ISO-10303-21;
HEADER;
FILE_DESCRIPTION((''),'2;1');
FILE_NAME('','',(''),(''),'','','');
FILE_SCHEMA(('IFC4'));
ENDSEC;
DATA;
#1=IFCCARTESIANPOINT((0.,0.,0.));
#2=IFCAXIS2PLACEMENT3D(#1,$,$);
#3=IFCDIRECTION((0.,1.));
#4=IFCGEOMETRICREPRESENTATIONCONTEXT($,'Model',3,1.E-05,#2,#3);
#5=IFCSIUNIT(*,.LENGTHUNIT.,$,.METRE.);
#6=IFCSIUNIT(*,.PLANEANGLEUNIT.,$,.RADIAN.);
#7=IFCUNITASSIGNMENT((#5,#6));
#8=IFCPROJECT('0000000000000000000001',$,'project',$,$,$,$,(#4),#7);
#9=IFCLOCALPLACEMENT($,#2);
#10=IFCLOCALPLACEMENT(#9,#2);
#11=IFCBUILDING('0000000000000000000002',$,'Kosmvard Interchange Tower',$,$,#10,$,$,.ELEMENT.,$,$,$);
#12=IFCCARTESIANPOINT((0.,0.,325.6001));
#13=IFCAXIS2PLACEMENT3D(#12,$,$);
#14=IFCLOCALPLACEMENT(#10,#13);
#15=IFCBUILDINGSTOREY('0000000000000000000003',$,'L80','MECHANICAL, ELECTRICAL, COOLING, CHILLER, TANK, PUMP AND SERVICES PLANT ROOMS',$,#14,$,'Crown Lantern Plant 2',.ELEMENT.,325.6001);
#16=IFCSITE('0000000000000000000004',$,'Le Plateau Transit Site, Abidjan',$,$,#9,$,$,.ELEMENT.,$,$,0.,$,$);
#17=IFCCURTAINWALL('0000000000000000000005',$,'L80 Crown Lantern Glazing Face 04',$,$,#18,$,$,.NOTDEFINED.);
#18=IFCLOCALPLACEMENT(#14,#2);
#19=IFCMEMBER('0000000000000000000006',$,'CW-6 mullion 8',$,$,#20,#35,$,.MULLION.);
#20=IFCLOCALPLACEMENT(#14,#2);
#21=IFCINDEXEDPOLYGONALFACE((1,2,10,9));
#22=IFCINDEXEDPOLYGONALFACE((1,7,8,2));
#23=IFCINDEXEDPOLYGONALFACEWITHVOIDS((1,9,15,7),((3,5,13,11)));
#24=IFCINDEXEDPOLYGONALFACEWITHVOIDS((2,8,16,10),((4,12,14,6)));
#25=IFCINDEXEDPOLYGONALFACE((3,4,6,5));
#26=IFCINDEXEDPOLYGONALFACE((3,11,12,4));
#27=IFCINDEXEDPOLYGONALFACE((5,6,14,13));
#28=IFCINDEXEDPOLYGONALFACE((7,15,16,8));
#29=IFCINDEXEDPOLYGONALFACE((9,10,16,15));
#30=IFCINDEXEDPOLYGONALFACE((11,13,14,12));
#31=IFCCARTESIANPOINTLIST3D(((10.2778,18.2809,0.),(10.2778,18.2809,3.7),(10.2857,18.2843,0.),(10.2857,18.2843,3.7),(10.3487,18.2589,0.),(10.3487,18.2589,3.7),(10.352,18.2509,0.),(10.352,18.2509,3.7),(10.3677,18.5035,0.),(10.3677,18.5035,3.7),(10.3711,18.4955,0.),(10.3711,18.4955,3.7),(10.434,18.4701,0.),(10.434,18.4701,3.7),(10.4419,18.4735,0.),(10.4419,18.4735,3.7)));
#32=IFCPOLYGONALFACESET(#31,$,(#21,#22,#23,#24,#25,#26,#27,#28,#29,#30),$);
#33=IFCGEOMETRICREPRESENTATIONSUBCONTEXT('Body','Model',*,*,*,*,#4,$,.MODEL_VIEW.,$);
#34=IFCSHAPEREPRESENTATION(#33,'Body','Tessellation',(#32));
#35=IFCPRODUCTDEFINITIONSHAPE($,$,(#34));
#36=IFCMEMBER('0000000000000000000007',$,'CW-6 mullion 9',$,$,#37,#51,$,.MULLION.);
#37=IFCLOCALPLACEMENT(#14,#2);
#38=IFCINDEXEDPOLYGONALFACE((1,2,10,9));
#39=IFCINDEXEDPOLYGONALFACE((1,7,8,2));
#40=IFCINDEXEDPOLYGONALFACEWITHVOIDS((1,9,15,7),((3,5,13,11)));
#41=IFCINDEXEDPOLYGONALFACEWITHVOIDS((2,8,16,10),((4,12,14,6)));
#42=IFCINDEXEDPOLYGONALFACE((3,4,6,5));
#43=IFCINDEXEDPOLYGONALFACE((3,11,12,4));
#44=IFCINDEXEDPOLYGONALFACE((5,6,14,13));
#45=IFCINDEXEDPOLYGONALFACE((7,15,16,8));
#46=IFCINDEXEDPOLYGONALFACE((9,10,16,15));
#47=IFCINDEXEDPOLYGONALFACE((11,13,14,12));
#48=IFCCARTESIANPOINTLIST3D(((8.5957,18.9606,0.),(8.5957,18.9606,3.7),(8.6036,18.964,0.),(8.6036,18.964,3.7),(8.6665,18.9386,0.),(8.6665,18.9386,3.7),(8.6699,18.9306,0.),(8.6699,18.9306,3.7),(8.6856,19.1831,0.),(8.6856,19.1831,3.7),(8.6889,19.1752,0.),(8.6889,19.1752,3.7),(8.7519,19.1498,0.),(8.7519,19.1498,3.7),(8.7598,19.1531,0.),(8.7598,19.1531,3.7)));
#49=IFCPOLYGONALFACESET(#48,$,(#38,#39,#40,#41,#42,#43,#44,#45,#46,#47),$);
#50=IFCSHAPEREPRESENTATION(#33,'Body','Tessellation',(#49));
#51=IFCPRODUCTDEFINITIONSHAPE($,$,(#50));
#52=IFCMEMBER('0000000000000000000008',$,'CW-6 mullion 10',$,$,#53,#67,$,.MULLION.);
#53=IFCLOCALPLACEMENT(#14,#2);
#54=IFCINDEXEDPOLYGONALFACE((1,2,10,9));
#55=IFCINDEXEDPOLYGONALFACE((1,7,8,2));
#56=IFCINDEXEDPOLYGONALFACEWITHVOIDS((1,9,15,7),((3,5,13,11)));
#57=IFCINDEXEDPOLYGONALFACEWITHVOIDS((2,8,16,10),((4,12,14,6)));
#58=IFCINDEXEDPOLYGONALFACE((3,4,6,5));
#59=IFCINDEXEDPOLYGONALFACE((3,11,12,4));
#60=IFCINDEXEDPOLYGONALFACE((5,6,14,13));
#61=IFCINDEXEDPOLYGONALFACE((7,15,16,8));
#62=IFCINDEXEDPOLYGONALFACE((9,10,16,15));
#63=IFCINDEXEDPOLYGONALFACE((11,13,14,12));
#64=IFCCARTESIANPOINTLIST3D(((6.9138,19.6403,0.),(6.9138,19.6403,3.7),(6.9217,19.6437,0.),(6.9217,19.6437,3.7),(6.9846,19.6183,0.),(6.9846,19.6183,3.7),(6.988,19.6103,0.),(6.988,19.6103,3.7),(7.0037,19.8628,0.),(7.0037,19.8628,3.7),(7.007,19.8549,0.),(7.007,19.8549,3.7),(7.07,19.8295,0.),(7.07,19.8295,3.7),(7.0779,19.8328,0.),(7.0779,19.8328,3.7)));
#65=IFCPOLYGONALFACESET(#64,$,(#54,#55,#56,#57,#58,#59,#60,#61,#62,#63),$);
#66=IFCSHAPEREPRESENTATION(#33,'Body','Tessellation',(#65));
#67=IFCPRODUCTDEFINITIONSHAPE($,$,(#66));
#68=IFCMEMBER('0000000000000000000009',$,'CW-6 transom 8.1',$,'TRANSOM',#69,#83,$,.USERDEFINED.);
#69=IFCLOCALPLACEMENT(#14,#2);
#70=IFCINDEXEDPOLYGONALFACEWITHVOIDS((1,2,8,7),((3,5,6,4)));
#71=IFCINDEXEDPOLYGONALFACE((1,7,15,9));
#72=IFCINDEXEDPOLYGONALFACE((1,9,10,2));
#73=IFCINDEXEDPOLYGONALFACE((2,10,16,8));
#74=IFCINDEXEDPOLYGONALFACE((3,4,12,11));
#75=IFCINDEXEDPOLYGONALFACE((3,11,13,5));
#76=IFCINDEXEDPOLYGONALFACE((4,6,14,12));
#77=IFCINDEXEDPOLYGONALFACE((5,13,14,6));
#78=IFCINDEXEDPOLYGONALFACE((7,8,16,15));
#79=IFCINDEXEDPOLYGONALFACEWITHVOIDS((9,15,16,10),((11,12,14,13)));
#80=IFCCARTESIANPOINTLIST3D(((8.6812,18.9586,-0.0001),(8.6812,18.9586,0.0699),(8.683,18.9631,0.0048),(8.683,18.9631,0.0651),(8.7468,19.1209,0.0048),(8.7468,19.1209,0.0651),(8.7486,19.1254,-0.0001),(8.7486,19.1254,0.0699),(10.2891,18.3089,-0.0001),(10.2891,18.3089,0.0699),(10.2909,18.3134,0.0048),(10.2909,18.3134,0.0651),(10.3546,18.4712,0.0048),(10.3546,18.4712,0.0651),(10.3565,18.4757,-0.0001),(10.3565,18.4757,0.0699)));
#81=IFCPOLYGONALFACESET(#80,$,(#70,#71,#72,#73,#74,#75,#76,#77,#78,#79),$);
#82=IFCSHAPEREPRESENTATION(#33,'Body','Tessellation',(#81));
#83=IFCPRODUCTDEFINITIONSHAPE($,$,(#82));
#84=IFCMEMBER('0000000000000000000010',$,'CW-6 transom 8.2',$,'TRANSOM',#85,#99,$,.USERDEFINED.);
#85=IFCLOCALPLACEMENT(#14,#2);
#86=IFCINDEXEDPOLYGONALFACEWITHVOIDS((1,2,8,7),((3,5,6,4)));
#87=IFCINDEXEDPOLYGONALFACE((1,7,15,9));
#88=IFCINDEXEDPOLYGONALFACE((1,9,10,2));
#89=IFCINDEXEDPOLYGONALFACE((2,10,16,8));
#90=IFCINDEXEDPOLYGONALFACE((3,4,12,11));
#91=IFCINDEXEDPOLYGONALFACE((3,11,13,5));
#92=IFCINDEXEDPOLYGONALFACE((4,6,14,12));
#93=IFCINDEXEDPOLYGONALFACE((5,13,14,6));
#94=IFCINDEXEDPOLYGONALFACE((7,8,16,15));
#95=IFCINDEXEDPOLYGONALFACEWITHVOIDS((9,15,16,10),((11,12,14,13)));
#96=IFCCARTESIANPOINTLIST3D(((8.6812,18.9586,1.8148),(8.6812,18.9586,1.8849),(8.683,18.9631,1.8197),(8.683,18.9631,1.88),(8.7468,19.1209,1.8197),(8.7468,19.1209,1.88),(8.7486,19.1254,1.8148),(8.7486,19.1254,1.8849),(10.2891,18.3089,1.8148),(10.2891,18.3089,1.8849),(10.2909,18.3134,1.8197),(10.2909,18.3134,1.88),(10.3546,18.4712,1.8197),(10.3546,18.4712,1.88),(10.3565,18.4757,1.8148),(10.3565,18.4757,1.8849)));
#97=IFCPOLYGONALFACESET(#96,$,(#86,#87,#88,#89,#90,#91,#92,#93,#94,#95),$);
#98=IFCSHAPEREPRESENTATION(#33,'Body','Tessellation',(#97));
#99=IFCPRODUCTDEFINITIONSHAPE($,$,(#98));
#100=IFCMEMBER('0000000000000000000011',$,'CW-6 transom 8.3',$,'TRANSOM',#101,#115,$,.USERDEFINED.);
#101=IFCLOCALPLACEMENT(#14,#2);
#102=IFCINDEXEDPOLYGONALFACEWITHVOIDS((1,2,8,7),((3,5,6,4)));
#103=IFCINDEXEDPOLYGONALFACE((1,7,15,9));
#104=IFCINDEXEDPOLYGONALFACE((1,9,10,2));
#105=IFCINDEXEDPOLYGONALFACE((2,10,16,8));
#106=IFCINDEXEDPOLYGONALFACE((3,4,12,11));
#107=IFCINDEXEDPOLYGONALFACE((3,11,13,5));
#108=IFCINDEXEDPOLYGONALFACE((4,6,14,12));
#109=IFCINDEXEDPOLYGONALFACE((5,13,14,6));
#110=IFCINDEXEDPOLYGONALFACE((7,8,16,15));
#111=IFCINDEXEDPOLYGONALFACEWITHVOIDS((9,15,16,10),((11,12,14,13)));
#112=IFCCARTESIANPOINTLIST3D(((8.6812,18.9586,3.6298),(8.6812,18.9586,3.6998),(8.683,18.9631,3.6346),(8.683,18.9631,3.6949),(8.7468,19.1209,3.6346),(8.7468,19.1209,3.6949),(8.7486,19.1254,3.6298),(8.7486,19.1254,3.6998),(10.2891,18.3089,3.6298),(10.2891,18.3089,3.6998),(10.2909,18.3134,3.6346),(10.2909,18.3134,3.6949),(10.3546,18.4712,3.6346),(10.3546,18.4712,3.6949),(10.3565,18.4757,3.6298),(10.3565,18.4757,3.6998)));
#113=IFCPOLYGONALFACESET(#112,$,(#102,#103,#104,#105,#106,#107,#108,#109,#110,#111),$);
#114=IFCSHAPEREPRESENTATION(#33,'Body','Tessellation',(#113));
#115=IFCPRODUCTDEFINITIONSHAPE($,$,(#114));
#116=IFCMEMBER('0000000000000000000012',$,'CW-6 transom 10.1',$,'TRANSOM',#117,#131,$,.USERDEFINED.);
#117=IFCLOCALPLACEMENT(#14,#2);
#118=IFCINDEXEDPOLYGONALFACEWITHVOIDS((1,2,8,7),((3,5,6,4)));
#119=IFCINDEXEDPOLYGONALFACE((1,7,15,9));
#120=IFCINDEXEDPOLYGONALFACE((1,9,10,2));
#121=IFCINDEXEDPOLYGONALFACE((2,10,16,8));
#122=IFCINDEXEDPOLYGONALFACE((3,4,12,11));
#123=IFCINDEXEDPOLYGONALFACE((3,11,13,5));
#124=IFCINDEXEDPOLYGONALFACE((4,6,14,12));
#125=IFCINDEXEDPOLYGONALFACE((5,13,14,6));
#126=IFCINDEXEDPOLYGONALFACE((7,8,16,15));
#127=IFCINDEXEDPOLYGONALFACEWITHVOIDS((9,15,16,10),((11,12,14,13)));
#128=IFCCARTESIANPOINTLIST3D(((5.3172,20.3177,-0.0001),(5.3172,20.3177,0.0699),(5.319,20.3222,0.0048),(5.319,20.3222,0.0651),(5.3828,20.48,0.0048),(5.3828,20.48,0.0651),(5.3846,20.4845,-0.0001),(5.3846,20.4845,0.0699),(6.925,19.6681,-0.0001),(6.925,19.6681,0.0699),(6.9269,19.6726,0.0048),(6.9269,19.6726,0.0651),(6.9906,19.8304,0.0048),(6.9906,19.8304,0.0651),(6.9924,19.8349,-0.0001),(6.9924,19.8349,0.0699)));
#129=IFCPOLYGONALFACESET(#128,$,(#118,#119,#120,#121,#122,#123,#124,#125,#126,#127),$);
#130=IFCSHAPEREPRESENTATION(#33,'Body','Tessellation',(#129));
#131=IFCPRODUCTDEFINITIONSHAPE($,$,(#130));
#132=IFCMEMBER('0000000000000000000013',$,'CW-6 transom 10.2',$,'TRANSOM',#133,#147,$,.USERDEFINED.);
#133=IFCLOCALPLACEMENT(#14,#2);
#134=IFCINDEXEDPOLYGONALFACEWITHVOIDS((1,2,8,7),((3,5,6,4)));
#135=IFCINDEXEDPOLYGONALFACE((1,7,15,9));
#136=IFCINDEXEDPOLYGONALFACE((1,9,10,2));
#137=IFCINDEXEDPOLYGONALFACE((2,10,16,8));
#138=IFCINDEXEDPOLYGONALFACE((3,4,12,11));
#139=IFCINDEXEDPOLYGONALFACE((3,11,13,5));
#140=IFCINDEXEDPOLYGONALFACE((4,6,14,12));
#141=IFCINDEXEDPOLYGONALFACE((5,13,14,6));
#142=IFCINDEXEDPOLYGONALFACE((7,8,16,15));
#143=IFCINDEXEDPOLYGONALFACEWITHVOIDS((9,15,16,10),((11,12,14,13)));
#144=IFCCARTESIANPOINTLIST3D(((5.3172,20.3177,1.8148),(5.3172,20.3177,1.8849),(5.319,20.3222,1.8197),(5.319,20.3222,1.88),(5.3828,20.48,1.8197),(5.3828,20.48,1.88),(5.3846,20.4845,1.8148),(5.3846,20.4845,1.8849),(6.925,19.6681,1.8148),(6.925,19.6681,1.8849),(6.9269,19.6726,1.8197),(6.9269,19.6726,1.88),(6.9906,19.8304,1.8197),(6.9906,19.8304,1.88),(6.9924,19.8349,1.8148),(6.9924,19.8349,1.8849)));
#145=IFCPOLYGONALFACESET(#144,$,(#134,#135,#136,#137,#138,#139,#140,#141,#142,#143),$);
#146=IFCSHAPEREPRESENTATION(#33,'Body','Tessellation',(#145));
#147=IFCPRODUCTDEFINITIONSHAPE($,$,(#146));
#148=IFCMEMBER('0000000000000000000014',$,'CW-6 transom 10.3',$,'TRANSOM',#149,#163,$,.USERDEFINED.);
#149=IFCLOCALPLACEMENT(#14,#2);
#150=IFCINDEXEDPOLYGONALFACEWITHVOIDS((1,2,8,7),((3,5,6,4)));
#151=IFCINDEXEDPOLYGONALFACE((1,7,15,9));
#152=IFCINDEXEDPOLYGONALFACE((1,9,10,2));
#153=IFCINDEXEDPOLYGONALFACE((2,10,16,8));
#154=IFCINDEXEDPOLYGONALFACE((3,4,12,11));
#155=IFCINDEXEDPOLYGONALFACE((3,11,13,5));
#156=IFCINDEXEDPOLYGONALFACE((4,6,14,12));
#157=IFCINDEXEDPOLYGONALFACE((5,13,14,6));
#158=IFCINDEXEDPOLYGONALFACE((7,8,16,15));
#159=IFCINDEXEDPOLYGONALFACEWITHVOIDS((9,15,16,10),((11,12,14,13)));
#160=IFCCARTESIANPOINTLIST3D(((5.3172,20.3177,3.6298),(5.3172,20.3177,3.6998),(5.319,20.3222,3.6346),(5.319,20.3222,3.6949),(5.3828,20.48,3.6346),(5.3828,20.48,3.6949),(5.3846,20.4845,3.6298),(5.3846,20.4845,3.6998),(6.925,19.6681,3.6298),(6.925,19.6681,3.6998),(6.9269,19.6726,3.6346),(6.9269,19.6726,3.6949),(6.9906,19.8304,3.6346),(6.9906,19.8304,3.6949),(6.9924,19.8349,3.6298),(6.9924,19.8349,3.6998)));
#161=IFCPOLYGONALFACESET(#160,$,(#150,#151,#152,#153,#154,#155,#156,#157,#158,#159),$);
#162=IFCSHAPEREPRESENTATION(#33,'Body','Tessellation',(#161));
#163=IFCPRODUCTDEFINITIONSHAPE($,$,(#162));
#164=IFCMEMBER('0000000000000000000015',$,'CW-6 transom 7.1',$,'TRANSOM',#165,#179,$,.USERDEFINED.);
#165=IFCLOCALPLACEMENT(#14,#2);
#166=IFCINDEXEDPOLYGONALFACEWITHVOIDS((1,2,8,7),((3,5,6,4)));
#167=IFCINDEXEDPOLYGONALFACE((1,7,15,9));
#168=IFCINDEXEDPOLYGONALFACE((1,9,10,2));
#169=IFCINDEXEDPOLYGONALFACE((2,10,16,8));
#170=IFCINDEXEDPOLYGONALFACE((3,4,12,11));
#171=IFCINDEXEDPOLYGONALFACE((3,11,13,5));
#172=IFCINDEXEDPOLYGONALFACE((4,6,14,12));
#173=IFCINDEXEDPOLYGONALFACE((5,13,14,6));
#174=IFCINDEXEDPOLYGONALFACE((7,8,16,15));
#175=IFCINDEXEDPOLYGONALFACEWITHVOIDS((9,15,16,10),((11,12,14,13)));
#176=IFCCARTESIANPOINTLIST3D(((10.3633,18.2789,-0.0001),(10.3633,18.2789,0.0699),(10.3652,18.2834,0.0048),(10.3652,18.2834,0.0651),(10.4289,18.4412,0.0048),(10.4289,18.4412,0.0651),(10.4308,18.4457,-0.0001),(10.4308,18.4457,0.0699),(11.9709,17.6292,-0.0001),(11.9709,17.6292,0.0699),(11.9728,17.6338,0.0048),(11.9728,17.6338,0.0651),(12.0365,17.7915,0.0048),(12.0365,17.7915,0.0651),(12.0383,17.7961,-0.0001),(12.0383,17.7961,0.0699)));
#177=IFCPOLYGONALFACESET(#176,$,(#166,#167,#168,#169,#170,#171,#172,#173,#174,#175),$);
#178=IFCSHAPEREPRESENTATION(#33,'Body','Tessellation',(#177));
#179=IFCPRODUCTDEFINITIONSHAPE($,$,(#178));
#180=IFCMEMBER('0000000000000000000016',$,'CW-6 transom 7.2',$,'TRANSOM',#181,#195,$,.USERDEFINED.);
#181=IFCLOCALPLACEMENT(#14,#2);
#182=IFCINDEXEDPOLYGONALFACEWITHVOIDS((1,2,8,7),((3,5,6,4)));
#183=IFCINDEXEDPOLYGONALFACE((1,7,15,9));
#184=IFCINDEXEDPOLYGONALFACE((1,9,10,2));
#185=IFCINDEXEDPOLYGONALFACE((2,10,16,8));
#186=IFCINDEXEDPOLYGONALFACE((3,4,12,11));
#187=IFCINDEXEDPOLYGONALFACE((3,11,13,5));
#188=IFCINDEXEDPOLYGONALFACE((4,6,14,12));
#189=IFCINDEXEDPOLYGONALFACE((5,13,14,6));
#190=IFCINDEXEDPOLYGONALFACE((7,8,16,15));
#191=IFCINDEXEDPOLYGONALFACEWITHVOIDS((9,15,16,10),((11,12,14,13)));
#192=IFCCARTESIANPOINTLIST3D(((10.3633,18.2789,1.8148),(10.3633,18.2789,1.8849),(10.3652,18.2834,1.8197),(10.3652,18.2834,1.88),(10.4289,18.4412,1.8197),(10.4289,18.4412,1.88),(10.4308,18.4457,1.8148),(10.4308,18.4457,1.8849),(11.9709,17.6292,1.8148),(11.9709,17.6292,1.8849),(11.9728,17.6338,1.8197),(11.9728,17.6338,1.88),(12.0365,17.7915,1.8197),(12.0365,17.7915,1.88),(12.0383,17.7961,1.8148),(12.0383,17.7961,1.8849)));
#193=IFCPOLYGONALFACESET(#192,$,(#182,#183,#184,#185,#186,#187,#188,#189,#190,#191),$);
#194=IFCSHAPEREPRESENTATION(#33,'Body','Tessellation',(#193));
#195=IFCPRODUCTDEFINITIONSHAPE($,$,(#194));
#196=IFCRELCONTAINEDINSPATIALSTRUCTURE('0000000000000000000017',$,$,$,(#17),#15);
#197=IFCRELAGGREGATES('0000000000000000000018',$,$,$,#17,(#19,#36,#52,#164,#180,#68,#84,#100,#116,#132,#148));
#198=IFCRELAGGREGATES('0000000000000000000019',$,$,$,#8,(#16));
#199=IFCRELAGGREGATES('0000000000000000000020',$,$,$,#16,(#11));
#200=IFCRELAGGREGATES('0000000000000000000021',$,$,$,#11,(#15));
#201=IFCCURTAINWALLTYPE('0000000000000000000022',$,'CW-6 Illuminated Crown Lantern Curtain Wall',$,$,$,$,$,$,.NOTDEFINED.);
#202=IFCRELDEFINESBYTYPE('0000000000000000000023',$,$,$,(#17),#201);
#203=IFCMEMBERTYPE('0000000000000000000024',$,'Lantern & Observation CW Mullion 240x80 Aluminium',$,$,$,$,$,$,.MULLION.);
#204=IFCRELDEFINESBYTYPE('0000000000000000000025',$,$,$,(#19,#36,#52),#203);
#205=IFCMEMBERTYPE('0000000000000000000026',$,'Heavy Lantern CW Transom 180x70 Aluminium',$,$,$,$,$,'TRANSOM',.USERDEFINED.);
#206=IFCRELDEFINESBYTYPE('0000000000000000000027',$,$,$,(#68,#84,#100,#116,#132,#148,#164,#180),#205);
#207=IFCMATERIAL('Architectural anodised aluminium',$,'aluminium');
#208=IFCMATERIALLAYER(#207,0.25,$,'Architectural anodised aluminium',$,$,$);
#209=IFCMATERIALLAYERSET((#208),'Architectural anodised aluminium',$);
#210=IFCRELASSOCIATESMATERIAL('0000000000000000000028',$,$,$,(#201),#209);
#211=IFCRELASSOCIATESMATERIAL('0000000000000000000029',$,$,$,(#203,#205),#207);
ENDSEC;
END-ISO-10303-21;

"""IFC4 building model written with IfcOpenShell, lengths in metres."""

from ifc_helpers import new_model, si_unit, direction, frame, origin, origin_2d, place, context, subcontext, project, spatial, hollow_rectangle, extrude, source, transform, mapped, material, layer, layer_set, material_profile, profile_set, type_object, element, aggregate, save


model = new_model("IFC4")

# Units and contexts
model_context = context("Model", 3, precision=1e-05, world=origin(), true_north=direction((0.0, 1.0)))
body_context = subcontext(model_context, "Body", "Model", "MODEL_VIEW")
ifc_project = project(units=[si_unit("LENGTHUNIT", "METRE"), si_unit("PLANEANGLEUNIT", "RADIAN")], contexts=[model_context])

# Site, building, storey
site_placement = place(None, origin())
site = spatial("IfcSite", under=ifc_project, at=site_placement, Name="Le Plateau Transit Site, Abidjan", CompositionType="ELEMENT", RefElevation=0.0)
building_placement = place(site_placement, origin())
building = spatial("IfcBuilding", under=site, at=building_placement, Name="Kosmvard Interchange Tower", CompositionType="ELEMENT")
storey_placement = place(building_placement, frame((0.0, 0.0, 325.6001)))
storey = spatial("IfcBuildingStorey", under=building, at=storey_placement, Name="L80", Description="MECHANICAL, ELECTRICAL, COOLING, CHILLER, TANK, PUMP AND SERVICES PLANT ROOMS", LongName="Crown Lantern Plant 2", CompositionType="ELEMENT", Elevation=325.6001)

# Curtain wall, members
ifc_material_1 = material(Name="Architectural anodised aluminium", Category="aluminium")
ifc_layer_1 = layer(ifc_material_1, 0.25, Name="Architectural anodised aluminium")
ifc_layer_set_1 = layer_set([ifc_layer_1], Name="Architectural anodised aluminium")
curtain_wall_type = type_object("IfcCurtainWallType", Name="CW-6 Illuminated Crown Lantern Curtain Wall", PredefinedType="NOTDEFINED", material=ifc_layer_set_1)
curtain_wall_placement = place(storey_placement, origin())
curtain_wall = element("IfcCurtainWall", 1, at=curtain_wall_placement, inside=storey, type_object=curtain_wall_type, Name="L80 Crown Lantern Glazing Face 04", PredefinedType="NOTDEFINED")
ifc_material_profile_1 = material_profile(ifc_material_1, hollow_rectangle(XDim=0.24, YDim=0.0801, WallThickness=0.0061, at=origin_2d()), Name="CWM 240x80x6")
ifc_profile_set_1 = profile_set([ifc_material_profile_1], Name="Architectural anodised aluminium")
member_type_1 = type_object("IfcMemberType", Name="Lantern & Observation CW Mullion 240x80 Aluminium", PredefinedType="MULLION", material=ifc_profile_set_1)
shared_shape_1 = source(origin(), body_context, "Body", "SweptSolid", [
    extrude(hollow_rectangle(XDim=0.24, YDim=0.0801, WallThickness=0.0061, at=origin_2d()), origin(), (0.0, 0.0, 1.0), 3.7),
])
member_1_placement = place(storey_placement, frame((10.3599, 18.3772, 0.0), z_axis=(0.0, 0.0, 1.0), x_axis=(-0.374607, -0.927184, 0.0)))
member_1 = element("IfcMember", 2, at=member_1_placement, type_object=member_type_1, Name="CW-6 mullion 8", PredefinedType="MULLION", context=body_context, shape_type="MappedRepresentation", body=[
    mapped(shared_shape_1, transform((0.0, 0.0, 0.0), scale=1.0)),
])
member_2_placement = place(storey_placement, frame((8.6777, 19.0569, 0.0), z_axis=(0.0, 0.0, 1.0), x_axis=(-0.374607, -0.927184, 0.0)))
member_2 = element("IfcMember", 3, at=member_2_placement, type_object=member_type_1, Name="CW-6 mullion 9", PredefinedType="MULLION", context=body_context, shape_type="MappedRepresentation", body=[
    mapped(shared_shape_1, transform((0.0, 0.0, 0.0), scale=1.0)),
])
member_3_placement = place(storey_placement, frame((6.9958, 19.7366, 0.0), z_axis=(0.0, 0.0, 1.0), x_axis=(-0.374607, -0.927184, 0.0)))
member_3 = element("IfcMember", 4, at=member_3_placement, type_object=member_type_1, Name="CW-6 mullion 10", PredefinedType="MULLION", context=body_context, shape_type="MappedRepresentation", body=[
    mapped(shared_shape_1, transform((0.0, 0.0, 0.0), scale=1.0)),
])
ifc_material_profile_2 = material_profile(ifc_material_1, hollow_rectangle(XDim=0.1799, YDim=0.0701, WallThickness=0.0049, at=origin_2d()), Name="CWT 180x70x5")
ifc_profile_set_2 = profile_set([ifc_material_profile_2], Name="Architectural anodised aluminium")
member_type_2 = type_object("IfcMemberType", Name="Heavy Lantern CW Transom 180x70 Aluminium", ElementType="TRANSOM", PredefinedType="USERDEFINED", material=ifc_profile_set_2)
shared_shape_2 = source(origin(), body_context, "Body", "SweptSolid", [
    extrude(hollow_rectangle(XDim=0.1799, YDim=0.0701, WallThickness=0.0049, at=origin_2d()), origin(), (0.0, 0.0, 1.0), 1.7341),
])
member_4_placement = place(storey_placement, frame((10.3228, 18.3923, 0.0349), z_axis=(-0.92718, 0.374617, 0.0), x_axis=(-0.374617, -0.92718, 0.0)))
member_4 = element("IfcMember", 5, at=member_4_placement, type_object=member_type_2, Name="CW-6 transom 8.1", ObjectType="TRANSOM", PredefinedType="USERDEFINED", context=body_context, shape_type="MappedRepresentation", body=[
    mapped(shared_shape_2, transform((0.0, 0.0, 0.0), scale=1.0)),
])
member_5_placement = place(storey_placement, frame((10.3228, 18.3923, 1.8499), z_axis=(-0.92718, 0.374617, 0.0), x_axis=(-0.374617, -0.92718, 0.0)))
member_5 = element("IfcMember", 6, at=member_5_placement, type_object=member_type_2, Name="CW-6 transom 8.2", ObjectType="TRANSOM", PredefinedType="USERDEFINED", context=body_context, shape_type="MappedRepresentation", body=[
    mapped(shared_shape_2, transform((0.0, 0.0, 0.0), scale=1.0)),
])
member_6_placement = place(storey_placement, frame((10.3228, 18.3923, 3.6648), z_axis=(-0.92718, 0.374617, 0.0), x_axis=(-0.374617, -0.92718, 0.0)))
member_6 = element("IfcMember", 7, at=member_6_placement, type_object=member_type_2, Name="CW-6 transom 8.3", ObjectType="TRANSOM", PredefinedType="USERDEFINED", context=body_context, shape_type="MappedRepresentation", body=[
    mapped(shared_shape_2, transform((0.0, 0.0, 0.0), scale=1.0)),
])
member_7_placement = place(storey_placement, frame((6.9587, 19.7515, 0.0349), z_axis=(-0.92718, 0.374617, 0.0), x_axis=(-0.374617, -0.92718, 0.0)))
member_7 = element("IfcMember", 8, at=member_7_placement, type_object=member_type_2, Name="CW-6 transom 10.1", ObjectType="TRANSOM", PredefinedType="USERDEFINED", context=body_context, shape_type="MappedRepresentation", body=[
    mapped(shared_shape_2, transform((0.0, 0.0, 0.0), scale=1.0)),
])
member_8_placement = place(storey_placement, frame((6.9587, 19.7515, 1.8499), z_axis=(-0.92718, 0.374617, 0.0), x_axis=(-0.374617, -0.92718, 0.0)))
member_8 = element("IfcMember", 9, at=member_8_placement, type_object=member_type_2, Name="CW-6 transom 10.2", ObjectType="TRANSOM", PredefinedType="USERDEFINED", context=body_context, shape_type="MappedRepresentation", body=[
    mapped(shared_shape_2, transform((0.0, 0.0, 0.0), scale=1.0)),
])
member_9_placement = place(storey_placement, frame((6.9587, 19.7515, 3.6648), z_axis=(-0.92718, 0.374617, 0.0), x_axis=(-0.374617, -0.92718, 0.0)))
member_9 = element("IfcMember", 10, at=member_9_placement, type_object=member_type_2, Name="CW-6 transom 10.3", ObjectType="TRANSOM", PredefinedType="USERDEFINED", context=body_context, shape_type="MappedRepresentation", body=[
    mapped(shared_shape_2, transform((0.0, 0.0, 0.0), scale=1.0)),
])
shared_shape_3 = source(origin(), body_context, "Body", "SweptSolid", [
    extrude(hollow_rectangle(XDim=0.1799, YDim=0.0701, WallThickness=0.0049, at=origin_2d()), origin(), (0.0, 0.0, 1.0), 1.7339),
])
member_10_placement = place(storey_placement, frame((12.0046, 17.7126, 0.0349), z_axis=(-0.92716, 0.374666, 0.0), x_axis=(-0.374666, -0.92716, 0.0)))
member_10 = element("IfcMember", 11, at=member_10_placement, type_object=member_type_2, Name="CW-6 transom 7.1", ObjectType="TRANSOM", PredefinedType="USERDEFINED", context=body_context, shape_type="MappedRepresentation", body=[
    mapped(shared_shape_3, transform((0.0, 0.0, 0.0), scale=1.0)),
])
member_11_placement = place(storey_placement, frame((12.0046, 17.7126, 1.8499), z_axis=(-0.92716, 0.374666, 0.0), x_axis=(-0.374666, -0.92716, 0.0)))
member_11 = element("IfcMember", 12, at=member_11_placement, type_object=member_type_2, Name="CW-6 transom 7.2", ObjectType="TRANSOM", PredefinedType="USERDEFINED", context=body_context, shape_type="MappedRepresentation", body=[
    mapped(shared_shape_3, transform((0.0, 0.0, 0.0), scale=1.0)),
])
aggregate(curtain_wall, [member_1, member_2, member_3, member_10, member_11, member_4, member_5, member_6, member_7, member_8, member_9])

save(model, "model.ifc")
